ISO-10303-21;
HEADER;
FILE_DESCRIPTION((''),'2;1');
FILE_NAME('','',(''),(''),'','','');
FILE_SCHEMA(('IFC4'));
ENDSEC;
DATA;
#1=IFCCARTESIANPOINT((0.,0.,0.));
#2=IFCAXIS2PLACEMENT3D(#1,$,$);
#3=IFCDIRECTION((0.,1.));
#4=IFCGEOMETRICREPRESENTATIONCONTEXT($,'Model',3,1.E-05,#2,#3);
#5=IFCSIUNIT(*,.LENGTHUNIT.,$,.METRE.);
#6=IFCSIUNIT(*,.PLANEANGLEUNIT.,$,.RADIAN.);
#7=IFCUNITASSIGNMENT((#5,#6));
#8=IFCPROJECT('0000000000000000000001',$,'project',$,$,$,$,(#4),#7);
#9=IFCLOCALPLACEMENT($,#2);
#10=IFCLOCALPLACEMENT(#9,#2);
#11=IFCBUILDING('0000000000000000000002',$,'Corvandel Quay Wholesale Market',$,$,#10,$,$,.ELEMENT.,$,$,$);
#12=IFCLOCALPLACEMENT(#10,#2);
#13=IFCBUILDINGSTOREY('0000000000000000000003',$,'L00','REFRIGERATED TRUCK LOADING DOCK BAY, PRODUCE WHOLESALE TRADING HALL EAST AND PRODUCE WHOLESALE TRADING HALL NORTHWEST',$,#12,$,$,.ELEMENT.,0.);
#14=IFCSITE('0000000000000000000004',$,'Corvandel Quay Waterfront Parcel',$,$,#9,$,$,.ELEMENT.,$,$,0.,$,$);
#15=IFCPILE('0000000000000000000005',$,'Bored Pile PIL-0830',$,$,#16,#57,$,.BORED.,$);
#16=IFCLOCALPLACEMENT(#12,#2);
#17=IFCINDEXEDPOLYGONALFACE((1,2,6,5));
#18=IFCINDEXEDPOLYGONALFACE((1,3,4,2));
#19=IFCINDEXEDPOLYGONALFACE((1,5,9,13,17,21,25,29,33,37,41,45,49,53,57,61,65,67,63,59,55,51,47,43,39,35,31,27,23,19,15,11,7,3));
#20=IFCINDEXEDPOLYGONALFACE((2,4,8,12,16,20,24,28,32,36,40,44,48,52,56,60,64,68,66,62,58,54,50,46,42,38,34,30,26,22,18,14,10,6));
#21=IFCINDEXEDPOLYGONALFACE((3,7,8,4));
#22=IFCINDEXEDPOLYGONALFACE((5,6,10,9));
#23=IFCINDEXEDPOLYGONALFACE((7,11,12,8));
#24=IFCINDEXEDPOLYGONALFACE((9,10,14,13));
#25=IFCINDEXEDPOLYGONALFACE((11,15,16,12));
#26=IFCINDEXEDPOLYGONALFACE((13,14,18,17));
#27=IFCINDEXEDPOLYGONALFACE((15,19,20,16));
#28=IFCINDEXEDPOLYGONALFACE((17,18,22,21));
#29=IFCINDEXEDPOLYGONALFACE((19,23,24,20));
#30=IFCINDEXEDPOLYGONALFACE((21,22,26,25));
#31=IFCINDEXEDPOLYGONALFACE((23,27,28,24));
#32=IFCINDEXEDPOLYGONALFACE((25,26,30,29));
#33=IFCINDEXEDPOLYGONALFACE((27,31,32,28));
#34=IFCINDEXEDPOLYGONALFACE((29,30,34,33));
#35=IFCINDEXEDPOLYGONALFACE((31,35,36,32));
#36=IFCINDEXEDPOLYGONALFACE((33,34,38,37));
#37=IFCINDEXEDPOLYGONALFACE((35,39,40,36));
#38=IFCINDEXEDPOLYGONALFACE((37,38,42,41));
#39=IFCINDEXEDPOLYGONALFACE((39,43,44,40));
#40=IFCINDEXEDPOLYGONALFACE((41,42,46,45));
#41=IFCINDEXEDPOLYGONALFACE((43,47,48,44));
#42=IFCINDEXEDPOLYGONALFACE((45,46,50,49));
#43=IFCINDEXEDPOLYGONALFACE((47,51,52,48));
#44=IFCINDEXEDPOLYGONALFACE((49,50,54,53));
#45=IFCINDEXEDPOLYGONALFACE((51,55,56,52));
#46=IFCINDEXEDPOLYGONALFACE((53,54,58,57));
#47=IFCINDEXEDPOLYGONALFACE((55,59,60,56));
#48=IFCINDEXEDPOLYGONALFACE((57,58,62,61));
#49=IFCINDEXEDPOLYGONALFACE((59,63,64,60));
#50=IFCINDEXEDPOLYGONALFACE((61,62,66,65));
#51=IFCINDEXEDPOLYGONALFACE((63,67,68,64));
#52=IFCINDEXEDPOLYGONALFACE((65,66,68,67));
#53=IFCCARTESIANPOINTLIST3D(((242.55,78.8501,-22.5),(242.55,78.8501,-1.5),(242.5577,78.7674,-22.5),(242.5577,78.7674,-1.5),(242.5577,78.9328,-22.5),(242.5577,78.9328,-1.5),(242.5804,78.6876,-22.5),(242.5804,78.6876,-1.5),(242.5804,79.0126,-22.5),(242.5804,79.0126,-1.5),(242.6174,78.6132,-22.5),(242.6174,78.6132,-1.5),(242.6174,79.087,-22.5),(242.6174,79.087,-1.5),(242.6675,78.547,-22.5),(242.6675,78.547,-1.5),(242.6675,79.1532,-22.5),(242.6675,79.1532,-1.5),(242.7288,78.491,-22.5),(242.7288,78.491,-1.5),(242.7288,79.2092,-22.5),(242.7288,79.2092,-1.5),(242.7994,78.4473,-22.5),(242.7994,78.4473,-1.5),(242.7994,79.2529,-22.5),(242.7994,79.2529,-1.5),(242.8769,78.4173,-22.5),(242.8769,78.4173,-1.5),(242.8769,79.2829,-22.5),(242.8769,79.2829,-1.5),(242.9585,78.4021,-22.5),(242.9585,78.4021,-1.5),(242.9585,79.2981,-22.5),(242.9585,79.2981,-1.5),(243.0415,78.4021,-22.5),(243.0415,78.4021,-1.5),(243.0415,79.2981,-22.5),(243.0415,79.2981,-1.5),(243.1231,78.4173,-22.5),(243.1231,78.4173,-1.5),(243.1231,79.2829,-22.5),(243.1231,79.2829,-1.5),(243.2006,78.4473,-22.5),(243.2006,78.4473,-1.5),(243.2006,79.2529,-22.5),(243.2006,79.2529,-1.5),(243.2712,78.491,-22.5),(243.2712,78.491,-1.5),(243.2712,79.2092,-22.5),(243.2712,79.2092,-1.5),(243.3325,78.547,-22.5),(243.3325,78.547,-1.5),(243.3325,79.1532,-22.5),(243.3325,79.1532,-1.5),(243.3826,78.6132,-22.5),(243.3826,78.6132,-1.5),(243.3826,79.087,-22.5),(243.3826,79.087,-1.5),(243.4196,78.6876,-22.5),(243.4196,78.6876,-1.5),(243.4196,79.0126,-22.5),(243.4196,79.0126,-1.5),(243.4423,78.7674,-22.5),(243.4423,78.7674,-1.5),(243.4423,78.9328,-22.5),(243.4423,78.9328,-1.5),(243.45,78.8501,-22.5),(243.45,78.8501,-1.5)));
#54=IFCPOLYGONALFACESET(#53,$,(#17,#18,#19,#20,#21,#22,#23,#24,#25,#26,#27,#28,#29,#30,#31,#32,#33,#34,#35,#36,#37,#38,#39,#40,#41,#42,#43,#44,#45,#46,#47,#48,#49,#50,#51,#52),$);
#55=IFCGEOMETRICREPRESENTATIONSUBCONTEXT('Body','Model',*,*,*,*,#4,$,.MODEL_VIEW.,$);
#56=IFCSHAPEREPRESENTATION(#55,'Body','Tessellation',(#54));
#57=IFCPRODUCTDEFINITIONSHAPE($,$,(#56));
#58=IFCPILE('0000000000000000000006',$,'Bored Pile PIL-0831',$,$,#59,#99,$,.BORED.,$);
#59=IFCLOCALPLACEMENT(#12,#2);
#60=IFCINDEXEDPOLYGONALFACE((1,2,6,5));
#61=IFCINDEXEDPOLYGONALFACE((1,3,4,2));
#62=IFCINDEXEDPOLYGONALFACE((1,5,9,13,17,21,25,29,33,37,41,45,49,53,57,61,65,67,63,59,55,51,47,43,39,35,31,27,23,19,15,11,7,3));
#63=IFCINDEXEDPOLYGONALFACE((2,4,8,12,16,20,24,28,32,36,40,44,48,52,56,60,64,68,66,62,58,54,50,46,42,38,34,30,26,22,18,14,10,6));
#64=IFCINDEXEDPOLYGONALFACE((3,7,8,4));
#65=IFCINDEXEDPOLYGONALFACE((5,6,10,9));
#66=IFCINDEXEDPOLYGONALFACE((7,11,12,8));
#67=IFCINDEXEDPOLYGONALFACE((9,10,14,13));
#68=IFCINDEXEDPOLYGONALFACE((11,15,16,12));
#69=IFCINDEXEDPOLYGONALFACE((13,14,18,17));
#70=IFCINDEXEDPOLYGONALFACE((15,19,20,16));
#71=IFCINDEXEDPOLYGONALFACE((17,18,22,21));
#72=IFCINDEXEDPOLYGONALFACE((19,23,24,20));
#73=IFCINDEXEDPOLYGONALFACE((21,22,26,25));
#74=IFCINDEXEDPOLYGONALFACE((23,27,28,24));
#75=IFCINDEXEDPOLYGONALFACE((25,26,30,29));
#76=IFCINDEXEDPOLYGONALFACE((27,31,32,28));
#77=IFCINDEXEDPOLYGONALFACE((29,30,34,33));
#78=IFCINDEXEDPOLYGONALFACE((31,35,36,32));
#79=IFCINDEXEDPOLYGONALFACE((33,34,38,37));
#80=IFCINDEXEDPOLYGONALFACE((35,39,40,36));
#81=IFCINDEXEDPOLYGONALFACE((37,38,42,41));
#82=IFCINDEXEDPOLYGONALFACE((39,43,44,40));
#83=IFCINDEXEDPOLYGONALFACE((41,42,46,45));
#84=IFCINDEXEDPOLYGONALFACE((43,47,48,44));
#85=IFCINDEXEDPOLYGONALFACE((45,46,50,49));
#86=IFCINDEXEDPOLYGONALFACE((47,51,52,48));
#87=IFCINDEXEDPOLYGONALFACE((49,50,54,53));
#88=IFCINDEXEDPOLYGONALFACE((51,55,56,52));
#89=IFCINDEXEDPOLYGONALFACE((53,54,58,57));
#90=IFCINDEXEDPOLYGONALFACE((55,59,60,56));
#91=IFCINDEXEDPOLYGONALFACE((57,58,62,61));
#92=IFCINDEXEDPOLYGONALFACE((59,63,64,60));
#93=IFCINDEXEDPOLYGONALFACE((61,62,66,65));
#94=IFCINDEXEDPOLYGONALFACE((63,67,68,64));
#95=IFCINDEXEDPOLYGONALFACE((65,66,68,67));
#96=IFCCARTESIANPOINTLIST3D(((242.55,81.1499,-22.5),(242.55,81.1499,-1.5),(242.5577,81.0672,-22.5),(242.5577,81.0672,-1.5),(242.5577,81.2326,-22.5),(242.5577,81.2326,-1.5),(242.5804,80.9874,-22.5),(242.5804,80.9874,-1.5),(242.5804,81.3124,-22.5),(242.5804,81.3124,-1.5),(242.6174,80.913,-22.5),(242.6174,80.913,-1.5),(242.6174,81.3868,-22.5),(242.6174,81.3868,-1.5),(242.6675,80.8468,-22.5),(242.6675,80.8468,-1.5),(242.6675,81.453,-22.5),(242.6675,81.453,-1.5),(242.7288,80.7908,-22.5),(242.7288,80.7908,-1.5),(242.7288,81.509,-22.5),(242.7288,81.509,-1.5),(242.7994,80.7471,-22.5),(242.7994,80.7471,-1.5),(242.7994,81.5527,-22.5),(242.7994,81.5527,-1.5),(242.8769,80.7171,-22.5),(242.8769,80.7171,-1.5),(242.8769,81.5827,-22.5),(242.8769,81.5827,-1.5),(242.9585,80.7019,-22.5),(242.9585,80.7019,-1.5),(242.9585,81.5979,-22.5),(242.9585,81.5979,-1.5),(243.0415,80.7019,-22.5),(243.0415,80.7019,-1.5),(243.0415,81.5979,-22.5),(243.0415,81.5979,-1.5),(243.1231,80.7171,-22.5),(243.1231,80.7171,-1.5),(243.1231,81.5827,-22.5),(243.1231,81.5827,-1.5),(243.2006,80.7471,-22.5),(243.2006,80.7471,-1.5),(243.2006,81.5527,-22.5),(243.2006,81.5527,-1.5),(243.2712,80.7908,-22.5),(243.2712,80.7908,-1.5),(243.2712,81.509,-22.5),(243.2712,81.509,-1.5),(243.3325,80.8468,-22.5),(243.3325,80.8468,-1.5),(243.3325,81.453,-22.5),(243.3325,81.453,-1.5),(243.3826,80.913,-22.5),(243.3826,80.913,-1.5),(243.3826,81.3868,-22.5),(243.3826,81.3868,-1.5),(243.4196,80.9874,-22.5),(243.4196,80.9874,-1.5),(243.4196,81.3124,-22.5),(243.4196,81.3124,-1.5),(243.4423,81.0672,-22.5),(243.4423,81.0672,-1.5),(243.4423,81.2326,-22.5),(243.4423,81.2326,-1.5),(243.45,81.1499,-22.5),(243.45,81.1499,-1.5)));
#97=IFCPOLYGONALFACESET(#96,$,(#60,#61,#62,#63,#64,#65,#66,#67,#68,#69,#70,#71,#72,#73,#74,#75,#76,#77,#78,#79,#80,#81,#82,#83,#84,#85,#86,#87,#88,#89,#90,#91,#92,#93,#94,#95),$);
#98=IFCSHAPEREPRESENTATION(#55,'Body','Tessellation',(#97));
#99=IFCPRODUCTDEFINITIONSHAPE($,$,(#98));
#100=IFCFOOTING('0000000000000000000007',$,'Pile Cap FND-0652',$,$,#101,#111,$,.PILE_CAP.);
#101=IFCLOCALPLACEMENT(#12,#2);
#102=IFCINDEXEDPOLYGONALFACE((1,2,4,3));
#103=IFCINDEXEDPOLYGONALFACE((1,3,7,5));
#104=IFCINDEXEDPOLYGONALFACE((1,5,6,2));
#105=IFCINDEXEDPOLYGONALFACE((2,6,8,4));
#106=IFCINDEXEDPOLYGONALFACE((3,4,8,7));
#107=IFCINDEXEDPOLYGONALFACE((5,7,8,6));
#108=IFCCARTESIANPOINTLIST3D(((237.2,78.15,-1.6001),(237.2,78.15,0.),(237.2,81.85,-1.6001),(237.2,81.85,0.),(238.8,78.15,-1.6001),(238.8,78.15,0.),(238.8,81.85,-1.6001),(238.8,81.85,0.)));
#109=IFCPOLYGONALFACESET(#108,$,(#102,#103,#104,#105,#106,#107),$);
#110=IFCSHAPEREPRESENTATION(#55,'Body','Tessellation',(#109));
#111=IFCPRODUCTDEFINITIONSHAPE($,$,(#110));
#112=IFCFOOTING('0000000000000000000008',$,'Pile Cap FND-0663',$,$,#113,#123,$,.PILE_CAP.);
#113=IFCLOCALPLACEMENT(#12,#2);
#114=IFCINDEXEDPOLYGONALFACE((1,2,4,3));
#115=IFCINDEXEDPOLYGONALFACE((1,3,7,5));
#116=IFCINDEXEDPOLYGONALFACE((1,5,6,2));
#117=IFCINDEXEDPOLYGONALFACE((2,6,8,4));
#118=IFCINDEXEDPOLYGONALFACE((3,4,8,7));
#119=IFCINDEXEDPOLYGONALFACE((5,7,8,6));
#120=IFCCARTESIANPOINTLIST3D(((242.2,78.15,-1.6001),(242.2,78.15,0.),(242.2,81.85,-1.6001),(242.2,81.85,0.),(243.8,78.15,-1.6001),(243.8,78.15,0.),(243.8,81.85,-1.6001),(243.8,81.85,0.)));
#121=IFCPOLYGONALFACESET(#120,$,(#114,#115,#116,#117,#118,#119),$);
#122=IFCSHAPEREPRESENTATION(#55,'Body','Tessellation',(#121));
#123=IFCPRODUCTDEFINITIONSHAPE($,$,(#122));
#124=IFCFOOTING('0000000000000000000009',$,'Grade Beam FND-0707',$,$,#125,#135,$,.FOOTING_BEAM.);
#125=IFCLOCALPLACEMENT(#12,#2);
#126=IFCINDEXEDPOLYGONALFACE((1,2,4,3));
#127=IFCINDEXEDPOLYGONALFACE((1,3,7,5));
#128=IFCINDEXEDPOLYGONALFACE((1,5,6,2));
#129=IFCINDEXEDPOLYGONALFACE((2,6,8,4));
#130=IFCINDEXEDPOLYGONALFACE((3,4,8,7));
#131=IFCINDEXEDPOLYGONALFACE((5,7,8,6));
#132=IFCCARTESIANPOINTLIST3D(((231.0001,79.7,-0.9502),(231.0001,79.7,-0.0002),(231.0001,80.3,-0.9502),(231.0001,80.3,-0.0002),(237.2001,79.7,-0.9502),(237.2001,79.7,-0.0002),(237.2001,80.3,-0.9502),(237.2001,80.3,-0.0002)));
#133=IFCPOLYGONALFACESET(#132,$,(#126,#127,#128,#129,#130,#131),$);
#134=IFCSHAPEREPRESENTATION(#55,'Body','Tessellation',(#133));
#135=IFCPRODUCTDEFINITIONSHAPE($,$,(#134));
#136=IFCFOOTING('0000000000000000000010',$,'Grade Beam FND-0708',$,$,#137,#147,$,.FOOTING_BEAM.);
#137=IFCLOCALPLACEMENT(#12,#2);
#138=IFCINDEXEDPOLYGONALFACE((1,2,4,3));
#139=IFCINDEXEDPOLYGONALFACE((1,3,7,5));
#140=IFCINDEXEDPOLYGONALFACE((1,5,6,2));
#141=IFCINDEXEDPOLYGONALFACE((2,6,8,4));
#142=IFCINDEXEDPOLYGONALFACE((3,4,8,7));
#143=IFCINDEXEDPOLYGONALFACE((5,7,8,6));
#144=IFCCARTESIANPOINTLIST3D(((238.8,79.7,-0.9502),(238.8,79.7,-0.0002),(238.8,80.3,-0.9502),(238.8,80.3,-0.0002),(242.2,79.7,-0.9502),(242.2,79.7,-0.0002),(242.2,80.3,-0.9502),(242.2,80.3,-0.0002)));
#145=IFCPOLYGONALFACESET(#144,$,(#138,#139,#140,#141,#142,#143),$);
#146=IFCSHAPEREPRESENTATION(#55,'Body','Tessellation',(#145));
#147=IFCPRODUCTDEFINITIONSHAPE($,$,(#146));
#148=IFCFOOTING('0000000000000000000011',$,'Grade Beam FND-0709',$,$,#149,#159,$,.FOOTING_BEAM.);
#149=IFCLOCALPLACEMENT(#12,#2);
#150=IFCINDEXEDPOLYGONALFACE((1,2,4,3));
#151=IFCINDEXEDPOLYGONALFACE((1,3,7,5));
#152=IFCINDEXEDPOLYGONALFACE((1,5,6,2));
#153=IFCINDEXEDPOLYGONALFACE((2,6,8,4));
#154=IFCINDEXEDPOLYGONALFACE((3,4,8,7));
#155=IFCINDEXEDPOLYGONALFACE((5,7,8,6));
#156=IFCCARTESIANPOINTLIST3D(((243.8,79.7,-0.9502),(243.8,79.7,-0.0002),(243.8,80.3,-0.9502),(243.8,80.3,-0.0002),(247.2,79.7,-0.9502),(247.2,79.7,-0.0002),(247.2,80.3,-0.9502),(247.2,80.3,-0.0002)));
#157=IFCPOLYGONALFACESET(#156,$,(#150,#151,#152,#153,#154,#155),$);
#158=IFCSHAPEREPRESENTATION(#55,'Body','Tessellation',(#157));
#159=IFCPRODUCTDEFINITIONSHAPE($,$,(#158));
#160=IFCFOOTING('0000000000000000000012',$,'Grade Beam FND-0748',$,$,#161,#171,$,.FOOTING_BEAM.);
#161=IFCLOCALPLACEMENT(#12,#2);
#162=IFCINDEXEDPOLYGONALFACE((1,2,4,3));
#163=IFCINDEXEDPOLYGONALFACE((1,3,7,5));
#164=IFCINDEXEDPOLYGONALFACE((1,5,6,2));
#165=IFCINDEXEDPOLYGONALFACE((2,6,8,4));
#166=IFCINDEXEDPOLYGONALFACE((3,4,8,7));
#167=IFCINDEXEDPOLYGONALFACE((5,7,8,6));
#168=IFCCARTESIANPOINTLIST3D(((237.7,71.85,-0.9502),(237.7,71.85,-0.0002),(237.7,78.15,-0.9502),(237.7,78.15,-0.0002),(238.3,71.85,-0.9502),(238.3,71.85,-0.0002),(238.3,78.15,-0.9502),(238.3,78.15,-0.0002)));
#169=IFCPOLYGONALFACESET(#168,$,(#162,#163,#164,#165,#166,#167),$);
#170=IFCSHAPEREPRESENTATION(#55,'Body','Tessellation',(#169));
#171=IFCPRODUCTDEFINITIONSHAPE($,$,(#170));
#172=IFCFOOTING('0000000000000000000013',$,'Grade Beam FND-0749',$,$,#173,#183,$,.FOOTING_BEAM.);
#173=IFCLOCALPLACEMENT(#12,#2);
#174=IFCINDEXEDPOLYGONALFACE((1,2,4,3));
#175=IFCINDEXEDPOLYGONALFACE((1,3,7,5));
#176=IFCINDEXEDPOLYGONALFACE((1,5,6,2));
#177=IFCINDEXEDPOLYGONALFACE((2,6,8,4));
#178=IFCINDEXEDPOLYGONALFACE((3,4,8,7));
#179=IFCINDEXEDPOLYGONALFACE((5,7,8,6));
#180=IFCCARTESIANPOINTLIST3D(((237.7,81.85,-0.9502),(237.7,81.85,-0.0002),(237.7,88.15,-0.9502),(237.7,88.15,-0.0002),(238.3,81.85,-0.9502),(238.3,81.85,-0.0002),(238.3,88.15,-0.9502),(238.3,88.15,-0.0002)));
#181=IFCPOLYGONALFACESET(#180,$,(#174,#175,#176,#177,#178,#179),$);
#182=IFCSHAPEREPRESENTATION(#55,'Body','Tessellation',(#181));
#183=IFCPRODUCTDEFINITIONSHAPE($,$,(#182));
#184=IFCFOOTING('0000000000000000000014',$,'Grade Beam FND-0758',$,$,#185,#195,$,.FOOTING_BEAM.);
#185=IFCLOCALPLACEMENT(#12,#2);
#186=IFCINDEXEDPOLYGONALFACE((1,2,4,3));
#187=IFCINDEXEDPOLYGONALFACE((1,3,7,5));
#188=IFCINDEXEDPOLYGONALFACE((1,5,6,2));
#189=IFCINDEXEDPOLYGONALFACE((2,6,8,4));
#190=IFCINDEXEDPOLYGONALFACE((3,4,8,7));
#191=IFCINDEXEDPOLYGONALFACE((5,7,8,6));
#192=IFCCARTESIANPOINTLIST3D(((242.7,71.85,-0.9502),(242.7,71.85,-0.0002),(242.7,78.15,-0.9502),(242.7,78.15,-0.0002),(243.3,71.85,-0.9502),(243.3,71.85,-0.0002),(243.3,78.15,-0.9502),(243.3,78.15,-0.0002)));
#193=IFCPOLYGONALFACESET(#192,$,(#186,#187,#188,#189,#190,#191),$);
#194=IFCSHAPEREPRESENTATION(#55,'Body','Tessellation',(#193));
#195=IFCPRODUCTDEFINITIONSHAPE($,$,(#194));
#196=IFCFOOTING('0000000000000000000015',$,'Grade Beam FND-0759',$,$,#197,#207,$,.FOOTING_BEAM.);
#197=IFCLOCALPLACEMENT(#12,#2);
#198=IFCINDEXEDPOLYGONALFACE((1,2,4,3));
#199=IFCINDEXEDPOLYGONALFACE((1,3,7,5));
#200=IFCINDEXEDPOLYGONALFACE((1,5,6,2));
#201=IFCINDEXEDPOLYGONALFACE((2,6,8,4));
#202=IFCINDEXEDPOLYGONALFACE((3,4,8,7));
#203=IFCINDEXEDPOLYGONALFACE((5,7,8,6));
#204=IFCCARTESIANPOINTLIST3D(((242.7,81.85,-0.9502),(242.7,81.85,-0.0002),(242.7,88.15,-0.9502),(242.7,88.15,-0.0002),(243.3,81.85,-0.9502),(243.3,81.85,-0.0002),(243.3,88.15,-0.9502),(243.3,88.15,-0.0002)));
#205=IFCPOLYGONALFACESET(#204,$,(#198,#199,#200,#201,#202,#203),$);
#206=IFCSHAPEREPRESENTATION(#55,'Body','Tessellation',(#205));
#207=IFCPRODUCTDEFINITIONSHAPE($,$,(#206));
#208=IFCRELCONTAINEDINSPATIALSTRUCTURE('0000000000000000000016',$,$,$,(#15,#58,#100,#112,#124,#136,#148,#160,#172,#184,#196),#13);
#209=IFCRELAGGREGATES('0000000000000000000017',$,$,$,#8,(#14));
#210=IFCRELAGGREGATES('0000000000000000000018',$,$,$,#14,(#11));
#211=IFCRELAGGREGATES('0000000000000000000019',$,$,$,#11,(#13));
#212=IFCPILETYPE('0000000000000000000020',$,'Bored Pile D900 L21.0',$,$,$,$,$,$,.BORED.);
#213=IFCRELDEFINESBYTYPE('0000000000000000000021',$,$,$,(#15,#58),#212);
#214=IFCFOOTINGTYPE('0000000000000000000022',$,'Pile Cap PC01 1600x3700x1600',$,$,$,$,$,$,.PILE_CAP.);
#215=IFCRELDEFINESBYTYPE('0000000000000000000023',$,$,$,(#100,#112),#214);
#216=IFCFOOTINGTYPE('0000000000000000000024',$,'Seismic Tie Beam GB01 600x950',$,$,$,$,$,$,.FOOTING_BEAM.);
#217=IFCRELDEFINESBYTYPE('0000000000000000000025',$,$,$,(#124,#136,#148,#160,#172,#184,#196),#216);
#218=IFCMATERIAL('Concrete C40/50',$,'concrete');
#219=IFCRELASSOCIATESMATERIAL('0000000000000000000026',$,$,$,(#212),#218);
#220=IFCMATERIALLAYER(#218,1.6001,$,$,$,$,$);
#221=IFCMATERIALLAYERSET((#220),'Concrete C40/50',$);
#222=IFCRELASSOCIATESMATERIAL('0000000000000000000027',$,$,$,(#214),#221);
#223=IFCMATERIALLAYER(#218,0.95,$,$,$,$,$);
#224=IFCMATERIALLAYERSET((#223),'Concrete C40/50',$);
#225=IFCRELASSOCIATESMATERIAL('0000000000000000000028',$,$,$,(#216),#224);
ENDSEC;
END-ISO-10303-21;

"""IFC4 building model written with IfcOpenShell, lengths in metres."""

from ifc_helpers import new_model, si_unit, direction, frame, origin, origin_2d, place, context, subcontext, project, spatial, rectangle, circle, extrude, material, layer, layer_set, material_profile, profile_set, type_object, element, save


model = new_model("IFC4")

# Units and contexts
model_context = context("Model", 3, precision=1e-05, world=origin(), true_north=direction((0.0, 1.0)))
body_context = subcontext(model_context, "Body", "Model", "MODEL_VIEW")
ifc_project = project(units=[si_unit("LENGTHUNIT", "METRE"), si_unit("PLANEANGLEUNIT", "RADIAN")], contexts=[model_context])

# Site, building, storey
site_placement = place(None, origin())
site = spatial("IfcSite", under=ifc_project, at=site_placement, Name="Corvandel Quay Waterfront Parcel", CompositionType="ELEMENT", RefElevation=0.0)
building_placement = place(site_placement, origin())
building = spatial("IfcBuilding", under=site, at=building_placement, Name="Corvandel Quay Wholesale Market", CompositionType="ELEMENT")
storey_placement = place(building_placement, origin())
storey = spatial("IfcBuildingStorey", under=building, at=storey_placement, Name="L00", Description="REFRIGERATED TRUCK LOADING DOCK BAY, PRODUCE WHOLESALE TRADING HALL EAST AND PRODUCE WHOLESALE TRADING HALL NORTHWEST", CompositionType="ELEMENT", Elevation=0.0)

# Piles
ifc_material_1 = material(Name="Concrete C40/50", Category="concrete")
ifc_material_profile_1 = material_profile(ifc_material_1, circle(Radius=0.45, at=origin_2d()), Name="RC-PILE-D900")
ifc_profile_set_1 = profile_set([ifc_material_profile_1], Name="Concrete C40/50")
pile_type = type_object("IfcPileType", Name="Bored Pile D900 L21.0", PredefinedType="BORED", material=ifc_profile_set_1)
for number, where, z_axis, x_axis, name in (
    (1, (243.0, 78.8501, -1.5), (0.0, 0.0, -1.0), (1.0, 0.0, 0.0), "Bored Pile PIL-0830"),
    (2, (243.0, 81.1499, -1.5), (0.0, 0.0, -1.0), (1.0, 0.0, 0.0), "Bored Pile PIL-0831"),
):
    element("IfcPile", number, at=place(storey_placement, frame(where, z_axis=z_axis, x_axis=x_axis)), inside=storey, type_object=pile_type, Name=name, PredefinedType="BORED", context=body_context, shape_type="SweptSolid", body=[
        extrude(circle(Radius=0.45, at=origin_2d()), origin(), (0.0, 0.0, 1.0), 21.0),
    ])

# Footings
ifc_layer_1 = layer(ifc_material_1, 1.6001)
ifc_layer_set_1 = layer_set([ifc_layer_1], Name="Concrete C40/50")
footing_type_1 = type_object("IfcFootingType", Name="Pile Cap PC01 1600x3700x1600", PredefinedType="PILE_CAP", material=ifc_layer_set_1)
for number, where, z_axis, x_axis, name in (
    (3, (238.0, 80.0, -1.6001), (0.0, 0.0, 1.0), (1.0, 0.0, 0.0), "Pile Cap FND-0652"),
    (4, (243.0, 80.0, -1.6001), (0.0, 0.0, 1.0), (1.0, 0.0, 0.0), "Pile Cap FND-0663"),
):
    element("IfcFooting", number, at=place(storey_placement, frame(where, z_axis=z_axis, x_axis=x_axis)), inside=storey, type_object=footing_type_1, Name=name, PredefinedType="PILE_CAP", context=body_context, shape_type="SweptSolid", body=[
        extrude(rectangle(XDim=1.6001, YDim=3.7, at=origin_2d()), origin(), (0.0, 0.0, 1.0), 1.6001),
    ])
ifc_layer_2 = layer(ifc_material_1, 0.95)
ifc_layer_set_2 = layer_set([ifc_layer_2], Name="Concrete C40/50")
footing_type_2 = type_object("IfcFootingType", Name="Seismic Tie Beam GB01 600x950", PredefinedType="FOOTING_BEAM", material=ifc_layer_set_2)
footing_placement = place(storey_placement, frame((234.1001, 80.0, -0.9502), z_axis=(0.0, 0.0, 1.0), x_axis=(1.0, 0.0, 0.0)))
element("IfcFooting", 5, at=footing_placement, inside=storey, type_object=footing_type_2, Name="Grade Beam FND-0707", PredefinedType="FOOTING_BEAM", context=body_context, shape_type="SweptSolid", body=[
    extrude(rectangle(XDim=6.2, YDim=0.6001, at=origin_2d()), origin(), (0.0, 0.0, 1.0), 0.95),
])
for number, where, z_axis, x_axis, name in (
    (6, (240.5, 80.0, -0.9502), (0.0, 0.0, 1.0), (1.0, 0.0, 0.0), "Grade Beam FND-0708"),
    (7, (245.5, 80.0, -0.9502), (0.0, 0.0, 1.0), (1.0, 0.0, 0.0), "Grade Beam FND-0709"),
):
    element("IfcFooting", number, at=place(storey_placement, frame(where, z_axis=z_axis, x_axis=x_axis)), inside=storey, type_object=footing_type_2, Name=name, PredefinedType="FOOTING_BEAM", context=body_context, shape_type="SweptSolid", body=[
        extrude(rectangle(XDim=3.3999, YDim=0.6001, at=origin_2d()), origin(), (0.0, 0.0, 1.0), 0.95),
    ])
for number, where, z_axis, x_axis, name in (
    (8, (238.0, 75.0, -0.9502), (0.0, 0.0, 1.0), (0.0, 1.0, 0.0), "Grade Beam FND-0748"),
    (9, (238.0, 85.0, -0.9502), (0.0, 0.0, 1.0), (0.0, 1.0, 0.0), "Grade Beam FND-0749"),
    (10, (243.0, 75.0, -0.9502), (0.0, 0.0, 1.0), (0.0, 1.0, 0.0), "Grade Beam FND-0758"),
    (11, (243.0, 85.0, -0.9502), (0.0, 0.0, 1.0), (0.0, 1.0, 0.0), "Grade Beam FND-0759"),
):
    element("IfcFooting", number, at=place(storey_placement, frame(where, z_axis=z_axis, x_axis=x_axis)), inside=storey, type_object=footing_type_2, Name=name, PredefinedType="FOOTING_BEAM", context=body_context, shape_type="SweptSolid", body=[
        extrude(rectangle(XDim=6.3, YDim=0.6001, at=origin_2d()), origin(), (0.0, 0.0, 1.0), 0.95),
    ])

save(model, "model.ifc")
